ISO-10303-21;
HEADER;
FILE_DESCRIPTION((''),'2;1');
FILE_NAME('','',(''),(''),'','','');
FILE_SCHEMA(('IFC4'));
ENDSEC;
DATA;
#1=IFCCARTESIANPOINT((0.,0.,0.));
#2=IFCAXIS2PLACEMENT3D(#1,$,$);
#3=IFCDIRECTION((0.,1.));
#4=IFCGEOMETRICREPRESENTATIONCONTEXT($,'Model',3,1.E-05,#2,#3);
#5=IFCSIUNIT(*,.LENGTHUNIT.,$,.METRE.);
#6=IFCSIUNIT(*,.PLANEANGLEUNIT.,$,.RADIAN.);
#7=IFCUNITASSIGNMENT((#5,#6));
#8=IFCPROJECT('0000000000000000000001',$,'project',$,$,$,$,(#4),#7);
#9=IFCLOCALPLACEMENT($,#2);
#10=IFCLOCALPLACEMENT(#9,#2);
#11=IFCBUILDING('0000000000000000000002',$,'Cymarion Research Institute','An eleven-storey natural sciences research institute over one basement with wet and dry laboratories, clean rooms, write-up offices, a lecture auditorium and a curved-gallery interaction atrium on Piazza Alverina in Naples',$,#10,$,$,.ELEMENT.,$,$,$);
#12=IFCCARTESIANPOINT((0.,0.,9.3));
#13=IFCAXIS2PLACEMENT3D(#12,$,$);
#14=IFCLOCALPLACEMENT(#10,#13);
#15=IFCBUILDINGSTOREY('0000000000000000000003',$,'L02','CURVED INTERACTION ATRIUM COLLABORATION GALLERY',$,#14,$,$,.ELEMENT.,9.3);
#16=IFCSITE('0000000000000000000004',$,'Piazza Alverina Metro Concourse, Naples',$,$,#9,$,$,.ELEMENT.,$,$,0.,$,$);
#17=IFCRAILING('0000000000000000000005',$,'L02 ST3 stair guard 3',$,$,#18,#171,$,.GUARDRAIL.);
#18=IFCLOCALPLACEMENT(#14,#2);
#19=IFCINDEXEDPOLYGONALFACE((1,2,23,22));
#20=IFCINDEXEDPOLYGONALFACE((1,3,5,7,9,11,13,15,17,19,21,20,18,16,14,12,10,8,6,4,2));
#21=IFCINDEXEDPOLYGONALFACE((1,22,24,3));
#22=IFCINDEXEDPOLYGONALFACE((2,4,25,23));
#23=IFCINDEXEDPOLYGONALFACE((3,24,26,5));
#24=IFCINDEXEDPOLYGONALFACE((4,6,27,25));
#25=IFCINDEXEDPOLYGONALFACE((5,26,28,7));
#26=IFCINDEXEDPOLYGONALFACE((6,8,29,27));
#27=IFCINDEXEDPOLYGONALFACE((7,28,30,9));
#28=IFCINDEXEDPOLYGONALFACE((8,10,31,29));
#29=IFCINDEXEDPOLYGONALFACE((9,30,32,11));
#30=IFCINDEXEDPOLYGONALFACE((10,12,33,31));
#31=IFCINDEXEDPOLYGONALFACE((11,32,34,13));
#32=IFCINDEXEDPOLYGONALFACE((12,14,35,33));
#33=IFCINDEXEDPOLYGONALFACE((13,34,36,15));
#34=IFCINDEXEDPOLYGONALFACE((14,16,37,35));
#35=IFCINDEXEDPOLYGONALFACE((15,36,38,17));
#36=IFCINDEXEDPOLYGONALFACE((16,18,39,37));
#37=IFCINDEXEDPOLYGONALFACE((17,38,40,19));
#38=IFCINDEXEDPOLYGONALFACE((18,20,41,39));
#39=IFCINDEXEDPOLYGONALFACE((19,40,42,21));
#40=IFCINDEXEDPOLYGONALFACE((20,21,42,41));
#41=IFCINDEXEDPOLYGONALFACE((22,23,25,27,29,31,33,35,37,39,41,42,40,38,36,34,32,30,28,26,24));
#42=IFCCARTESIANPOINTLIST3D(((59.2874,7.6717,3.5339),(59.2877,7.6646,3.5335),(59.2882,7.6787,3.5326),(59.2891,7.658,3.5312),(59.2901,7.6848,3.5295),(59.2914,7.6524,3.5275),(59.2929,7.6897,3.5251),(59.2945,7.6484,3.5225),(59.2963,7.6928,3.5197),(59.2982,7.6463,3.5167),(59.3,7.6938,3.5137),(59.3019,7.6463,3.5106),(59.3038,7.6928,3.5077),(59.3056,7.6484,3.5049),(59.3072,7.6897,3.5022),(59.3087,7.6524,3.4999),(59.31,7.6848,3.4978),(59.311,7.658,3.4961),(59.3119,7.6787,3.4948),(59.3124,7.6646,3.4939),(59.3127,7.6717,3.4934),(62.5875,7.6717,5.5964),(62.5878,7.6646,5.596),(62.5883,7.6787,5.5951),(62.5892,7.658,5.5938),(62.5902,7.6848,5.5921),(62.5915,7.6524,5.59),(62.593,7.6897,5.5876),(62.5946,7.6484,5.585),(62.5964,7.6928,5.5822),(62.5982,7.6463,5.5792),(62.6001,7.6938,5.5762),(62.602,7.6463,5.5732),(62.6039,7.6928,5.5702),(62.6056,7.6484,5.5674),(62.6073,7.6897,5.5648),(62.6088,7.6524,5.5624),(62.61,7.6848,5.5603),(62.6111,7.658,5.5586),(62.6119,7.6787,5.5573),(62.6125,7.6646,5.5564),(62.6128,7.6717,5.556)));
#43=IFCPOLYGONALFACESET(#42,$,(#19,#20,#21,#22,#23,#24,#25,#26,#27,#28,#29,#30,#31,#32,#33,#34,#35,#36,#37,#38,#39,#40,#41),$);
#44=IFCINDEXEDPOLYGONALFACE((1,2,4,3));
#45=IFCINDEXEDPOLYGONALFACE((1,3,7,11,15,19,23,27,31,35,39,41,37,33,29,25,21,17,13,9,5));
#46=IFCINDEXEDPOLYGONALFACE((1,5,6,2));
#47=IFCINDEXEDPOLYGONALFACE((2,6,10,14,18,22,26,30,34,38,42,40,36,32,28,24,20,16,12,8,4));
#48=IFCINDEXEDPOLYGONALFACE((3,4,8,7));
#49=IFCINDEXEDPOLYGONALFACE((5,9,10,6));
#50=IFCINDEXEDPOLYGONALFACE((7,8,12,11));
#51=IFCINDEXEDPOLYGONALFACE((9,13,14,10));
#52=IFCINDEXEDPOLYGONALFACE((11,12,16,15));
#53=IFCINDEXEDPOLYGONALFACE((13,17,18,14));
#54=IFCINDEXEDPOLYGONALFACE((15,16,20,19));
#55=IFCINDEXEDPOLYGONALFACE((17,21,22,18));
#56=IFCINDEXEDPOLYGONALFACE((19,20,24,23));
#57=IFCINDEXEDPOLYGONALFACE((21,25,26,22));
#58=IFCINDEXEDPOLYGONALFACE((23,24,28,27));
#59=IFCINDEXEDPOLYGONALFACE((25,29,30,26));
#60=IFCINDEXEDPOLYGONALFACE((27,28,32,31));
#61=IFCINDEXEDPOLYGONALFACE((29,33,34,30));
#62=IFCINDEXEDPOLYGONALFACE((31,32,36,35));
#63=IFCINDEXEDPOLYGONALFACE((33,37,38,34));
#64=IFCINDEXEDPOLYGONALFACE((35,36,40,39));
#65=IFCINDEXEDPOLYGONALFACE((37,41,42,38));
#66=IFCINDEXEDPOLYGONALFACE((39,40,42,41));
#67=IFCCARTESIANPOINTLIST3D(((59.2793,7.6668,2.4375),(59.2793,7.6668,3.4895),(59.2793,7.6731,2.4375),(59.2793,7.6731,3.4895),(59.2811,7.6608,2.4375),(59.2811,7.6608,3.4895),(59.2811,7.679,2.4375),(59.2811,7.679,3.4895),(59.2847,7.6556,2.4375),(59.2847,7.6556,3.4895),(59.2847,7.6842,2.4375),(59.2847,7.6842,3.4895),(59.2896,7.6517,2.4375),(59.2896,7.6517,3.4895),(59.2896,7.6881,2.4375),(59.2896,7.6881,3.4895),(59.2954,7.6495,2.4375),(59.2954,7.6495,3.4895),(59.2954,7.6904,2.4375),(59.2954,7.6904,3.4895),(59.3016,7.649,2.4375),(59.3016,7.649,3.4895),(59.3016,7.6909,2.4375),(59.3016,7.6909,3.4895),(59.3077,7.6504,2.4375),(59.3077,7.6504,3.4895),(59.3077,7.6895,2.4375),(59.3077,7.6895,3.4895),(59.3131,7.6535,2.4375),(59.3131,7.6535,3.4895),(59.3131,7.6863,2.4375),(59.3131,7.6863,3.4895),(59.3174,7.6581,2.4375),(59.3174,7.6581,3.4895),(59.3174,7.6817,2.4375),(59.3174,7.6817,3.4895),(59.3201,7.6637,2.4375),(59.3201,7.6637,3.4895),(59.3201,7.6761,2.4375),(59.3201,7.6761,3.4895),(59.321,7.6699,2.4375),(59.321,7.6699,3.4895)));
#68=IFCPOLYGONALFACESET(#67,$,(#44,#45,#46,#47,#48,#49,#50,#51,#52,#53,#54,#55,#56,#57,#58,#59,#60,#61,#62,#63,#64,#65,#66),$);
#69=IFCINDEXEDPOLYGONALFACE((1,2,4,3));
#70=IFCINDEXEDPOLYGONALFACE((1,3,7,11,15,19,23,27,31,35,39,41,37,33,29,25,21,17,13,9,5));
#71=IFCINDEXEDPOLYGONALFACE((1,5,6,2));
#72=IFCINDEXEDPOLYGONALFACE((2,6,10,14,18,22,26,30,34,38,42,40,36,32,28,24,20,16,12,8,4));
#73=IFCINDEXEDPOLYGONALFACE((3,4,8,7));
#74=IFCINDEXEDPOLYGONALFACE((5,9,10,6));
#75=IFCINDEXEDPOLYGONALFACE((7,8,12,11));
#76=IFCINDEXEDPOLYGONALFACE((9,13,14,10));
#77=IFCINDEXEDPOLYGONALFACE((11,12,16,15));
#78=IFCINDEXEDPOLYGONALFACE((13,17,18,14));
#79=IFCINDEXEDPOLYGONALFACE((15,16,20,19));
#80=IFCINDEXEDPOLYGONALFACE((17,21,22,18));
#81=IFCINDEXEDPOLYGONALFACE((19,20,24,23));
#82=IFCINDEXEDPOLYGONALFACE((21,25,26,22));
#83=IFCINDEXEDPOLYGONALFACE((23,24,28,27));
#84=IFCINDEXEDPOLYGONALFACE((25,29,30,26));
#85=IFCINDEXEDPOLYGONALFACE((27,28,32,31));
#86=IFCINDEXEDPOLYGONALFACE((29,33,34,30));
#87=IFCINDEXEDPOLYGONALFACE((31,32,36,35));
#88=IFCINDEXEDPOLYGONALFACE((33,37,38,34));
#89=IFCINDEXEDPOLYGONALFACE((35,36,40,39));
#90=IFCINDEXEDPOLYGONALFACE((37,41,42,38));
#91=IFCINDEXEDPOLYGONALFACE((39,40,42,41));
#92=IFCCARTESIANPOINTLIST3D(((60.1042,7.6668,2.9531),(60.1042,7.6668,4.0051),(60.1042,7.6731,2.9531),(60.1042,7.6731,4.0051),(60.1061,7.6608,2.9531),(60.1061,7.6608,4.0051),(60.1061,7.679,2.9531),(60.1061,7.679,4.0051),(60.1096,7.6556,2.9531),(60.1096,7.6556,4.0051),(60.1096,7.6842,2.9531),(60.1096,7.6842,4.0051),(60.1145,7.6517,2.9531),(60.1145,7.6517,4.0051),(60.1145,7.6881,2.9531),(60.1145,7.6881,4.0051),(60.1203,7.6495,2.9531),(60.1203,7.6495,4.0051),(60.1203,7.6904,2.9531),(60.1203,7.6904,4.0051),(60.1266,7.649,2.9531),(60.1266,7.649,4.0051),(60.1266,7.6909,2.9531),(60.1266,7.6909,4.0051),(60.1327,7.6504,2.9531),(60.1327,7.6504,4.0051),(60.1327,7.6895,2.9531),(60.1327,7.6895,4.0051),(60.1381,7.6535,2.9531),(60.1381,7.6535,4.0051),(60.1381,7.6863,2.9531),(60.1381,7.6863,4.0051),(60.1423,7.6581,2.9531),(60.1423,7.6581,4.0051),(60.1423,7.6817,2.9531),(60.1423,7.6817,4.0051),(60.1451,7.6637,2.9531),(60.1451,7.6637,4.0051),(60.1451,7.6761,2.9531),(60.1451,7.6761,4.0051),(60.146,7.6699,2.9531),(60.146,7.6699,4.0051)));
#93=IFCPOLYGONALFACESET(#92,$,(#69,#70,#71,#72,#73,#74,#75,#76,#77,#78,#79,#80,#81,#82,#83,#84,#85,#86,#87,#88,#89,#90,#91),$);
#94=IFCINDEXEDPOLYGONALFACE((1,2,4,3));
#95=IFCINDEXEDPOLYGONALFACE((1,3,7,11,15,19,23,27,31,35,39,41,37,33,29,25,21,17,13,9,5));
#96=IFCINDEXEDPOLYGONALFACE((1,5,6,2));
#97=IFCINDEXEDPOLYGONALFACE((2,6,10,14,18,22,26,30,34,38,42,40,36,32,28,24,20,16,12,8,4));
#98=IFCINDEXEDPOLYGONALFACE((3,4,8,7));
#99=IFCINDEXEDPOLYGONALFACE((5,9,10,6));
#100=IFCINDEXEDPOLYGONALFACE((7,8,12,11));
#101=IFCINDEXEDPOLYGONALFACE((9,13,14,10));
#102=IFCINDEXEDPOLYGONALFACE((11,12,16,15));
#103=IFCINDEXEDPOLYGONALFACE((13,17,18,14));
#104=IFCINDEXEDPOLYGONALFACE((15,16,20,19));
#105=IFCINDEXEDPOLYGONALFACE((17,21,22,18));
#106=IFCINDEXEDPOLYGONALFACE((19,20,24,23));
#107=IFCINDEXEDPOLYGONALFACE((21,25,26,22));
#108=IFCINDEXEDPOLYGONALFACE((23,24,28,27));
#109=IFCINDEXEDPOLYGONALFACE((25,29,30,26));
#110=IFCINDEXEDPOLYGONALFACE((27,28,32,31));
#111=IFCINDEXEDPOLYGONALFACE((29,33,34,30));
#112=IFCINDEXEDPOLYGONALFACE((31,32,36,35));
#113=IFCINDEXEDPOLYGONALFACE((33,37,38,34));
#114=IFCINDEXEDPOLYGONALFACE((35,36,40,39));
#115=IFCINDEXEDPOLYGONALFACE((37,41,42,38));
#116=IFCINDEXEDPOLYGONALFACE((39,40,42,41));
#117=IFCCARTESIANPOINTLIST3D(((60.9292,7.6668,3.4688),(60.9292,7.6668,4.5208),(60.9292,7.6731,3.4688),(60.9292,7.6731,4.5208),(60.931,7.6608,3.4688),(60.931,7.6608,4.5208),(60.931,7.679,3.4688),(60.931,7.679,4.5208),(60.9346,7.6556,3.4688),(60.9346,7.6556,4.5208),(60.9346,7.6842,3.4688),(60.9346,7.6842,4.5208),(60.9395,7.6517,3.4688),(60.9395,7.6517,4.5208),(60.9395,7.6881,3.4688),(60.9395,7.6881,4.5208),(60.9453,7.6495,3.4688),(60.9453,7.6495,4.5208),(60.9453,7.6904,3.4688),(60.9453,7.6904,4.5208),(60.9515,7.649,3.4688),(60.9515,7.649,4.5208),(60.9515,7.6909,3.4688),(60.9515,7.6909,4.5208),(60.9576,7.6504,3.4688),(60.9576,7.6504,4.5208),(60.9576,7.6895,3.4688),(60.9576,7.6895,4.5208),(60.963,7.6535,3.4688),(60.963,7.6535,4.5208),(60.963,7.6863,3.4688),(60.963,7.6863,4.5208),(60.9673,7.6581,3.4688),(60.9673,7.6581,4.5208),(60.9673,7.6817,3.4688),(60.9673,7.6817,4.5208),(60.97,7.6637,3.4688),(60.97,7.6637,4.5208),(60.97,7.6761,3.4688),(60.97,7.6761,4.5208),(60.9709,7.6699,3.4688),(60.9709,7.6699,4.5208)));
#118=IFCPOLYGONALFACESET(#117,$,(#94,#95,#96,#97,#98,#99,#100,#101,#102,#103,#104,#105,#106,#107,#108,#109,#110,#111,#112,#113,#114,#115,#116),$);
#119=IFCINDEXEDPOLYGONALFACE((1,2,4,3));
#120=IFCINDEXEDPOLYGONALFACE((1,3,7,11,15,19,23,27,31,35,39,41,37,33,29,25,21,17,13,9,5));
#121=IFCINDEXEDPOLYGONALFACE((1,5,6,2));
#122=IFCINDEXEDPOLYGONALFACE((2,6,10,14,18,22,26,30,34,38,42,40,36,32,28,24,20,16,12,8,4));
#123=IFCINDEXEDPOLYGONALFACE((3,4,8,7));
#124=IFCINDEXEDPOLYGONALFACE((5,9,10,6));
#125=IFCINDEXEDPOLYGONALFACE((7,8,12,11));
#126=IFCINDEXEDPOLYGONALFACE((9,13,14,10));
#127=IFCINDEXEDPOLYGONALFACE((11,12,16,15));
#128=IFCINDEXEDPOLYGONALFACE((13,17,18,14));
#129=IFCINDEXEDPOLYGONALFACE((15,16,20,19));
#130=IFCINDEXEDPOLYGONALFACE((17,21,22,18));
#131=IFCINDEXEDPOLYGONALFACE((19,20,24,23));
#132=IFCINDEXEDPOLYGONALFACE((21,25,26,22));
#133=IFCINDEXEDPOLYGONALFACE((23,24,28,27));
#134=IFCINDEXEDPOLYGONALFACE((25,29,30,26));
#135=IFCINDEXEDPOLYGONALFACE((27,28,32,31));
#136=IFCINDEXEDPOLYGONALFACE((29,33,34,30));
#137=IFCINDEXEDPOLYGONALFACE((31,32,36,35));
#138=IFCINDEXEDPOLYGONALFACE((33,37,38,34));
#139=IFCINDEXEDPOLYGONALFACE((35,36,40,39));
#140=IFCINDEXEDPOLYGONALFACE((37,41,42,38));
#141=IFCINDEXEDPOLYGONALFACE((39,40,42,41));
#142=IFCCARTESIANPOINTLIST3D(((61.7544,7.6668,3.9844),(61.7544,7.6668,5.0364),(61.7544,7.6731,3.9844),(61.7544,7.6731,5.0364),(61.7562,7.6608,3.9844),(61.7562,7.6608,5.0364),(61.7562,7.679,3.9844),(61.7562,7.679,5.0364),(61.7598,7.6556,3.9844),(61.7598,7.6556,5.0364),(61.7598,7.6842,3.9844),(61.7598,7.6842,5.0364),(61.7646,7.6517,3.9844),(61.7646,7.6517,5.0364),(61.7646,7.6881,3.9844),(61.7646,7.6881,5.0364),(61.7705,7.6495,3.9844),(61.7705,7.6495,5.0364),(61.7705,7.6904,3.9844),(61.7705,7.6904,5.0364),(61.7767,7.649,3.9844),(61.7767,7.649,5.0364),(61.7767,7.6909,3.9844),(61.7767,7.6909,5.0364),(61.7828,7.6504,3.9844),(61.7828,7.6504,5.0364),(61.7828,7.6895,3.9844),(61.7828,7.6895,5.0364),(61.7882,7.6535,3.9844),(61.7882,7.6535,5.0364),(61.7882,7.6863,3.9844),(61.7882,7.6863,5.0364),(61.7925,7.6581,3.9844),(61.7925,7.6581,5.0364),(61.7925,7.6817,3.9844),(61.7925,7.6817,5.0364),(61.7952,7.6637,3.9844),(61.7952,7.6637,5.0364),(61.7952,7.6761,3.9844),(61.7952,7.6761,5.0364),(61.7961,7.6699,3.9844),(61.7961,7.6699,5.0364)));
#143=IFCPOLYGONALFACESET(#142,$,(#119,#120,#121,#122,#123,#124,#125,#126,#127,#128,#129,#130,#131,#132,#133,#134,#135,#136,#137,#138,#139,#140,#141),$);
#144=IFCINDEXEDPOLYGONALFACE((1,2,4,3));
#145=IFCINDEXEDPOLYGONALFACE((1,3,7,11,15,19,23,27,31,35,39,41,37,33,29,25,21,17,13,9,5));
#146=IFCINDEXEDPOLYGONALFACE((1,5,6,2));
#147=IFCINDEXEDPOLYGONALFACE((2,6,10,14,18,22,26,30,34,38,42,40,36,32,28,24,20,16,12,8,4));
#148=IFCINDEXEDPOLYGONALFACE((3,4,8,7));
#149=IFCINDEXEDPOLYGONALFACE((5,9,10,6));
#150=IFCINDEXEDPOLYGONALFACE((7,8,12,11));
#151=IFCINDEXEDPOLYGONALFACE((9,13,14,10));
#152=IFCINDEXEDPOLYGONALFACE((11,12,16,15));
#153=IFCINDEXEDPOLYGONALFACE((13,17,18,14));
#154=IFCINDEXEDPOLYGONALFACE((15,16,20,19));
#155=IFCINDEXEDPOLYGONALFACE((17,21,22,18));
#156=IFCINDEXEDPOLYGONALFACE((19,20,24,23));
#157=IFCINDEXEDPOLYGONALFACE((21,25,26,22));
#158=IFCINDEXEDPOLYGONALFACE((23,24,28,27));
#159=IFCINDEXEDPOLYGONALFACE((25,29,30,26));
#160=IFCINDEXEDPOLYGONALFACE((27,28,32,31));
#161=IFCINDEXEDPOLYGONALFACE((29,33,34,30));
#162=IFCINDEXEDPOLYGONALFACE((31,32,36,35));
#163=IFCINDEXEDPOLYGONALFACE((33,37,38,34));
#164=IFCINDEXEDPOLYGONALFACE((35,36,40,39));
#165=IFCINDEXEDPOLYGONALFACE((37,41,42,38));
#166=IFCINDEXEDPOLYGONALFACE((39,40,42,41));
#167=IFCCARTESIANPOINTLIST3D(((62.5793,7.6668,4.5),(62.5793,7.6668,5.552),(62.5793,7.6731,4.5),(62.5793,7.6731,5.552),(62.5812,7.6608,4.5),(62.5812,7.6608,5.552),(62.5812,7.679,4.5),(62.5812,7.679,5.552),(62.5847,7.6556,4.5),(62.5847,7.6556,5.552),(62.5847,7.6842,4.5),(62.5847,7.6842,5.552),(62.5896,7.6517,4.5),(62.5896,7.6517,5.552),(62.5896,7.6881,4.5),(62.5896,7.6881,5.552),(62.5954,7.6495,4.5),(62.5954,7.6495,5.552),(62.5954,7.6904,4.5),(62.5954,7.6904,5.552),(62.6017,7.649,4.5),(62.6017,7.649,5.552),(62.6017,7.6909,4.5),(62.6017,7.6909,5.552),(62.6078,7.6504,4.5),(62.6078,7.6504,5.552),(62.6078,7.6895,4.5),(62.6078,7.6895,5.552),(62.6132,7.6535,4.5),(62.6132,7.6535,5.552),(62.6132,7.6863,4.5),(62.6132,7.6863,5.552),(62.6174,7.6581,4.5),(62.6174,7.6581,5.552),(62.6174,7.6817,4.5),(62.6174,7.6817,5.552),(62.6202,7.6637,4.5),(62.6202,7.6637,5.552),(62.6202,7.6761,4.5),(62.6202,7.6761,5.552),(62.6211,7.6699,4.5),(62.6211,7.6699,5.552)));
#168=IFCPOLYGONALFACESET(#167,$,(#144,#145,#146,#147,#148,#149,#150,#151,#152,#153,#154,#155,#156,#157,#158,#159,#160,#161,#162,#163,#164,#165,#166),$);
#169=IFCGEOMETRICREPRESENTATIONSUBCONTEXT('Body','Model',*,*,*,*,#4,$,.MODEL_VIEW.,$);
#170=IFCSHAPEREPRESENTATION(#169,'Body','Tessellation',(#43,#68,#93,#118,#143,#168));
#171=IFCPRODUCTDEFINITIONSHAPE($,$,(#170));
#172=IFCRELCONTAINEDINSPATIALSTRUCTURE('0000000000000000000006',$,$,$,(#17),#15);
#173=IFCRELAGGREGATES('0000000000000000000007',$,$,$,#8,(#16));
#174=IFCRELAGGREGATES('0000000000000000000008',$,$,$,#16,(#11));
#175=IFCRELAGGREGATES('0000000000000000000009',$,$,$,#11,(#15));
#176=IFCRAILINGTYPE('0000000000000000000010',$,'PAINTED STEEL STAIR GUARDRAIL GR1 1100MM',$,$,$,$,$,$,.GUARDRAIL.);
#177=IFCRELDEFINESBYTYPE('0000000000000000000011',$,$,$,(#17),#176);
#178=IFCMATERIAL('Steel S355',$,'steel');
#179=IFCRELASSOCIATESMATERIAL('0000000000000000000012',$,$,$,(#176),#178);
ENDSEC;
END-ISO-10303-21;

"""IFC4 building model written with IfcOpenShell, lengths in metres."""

from ifc_helpers import new_model, si_unit, direction, frame, origin, origin_2d, place, context, subcontext, project, spatial, circle, extrude, material, type_object, element, save


model = new_model("IFC4")

# Units and contexts
model_context = context("Model", 3, precision=1e-05, world=origin(), true_north=direction((0.0, 1.0)))
body_context = subcontext(model_context, "Body", "Model", "MODEL_VIEW")
ifc_project = project(units=[si_unit("LENGTHUNIT", "METRE"), si_unit("PLANEANGLEUNIT", "RADIAN")], contexts=[model_context])

# Site, building, storey
site_placement = place(None, origin())
site = spatial("IfcSite", under=ifc_project, at=site_placement, Name="Piazza Alverina Metro Concourse, Naples", CompositionType="ELEMENT", RefElevation=0.0)
building_placement = place(site_placement, origin())
building = spatial("IfcBuilding", under=site, at=building_placement, Name="Cymarion Research Institute", Description="An eleven-storey natural sciences research institute over one basement with wet and dry laboratories, clean rooms, write-up offices, a lecture auditorium and a curved-gallery interaction atrium on Piazza Alverina in Naples", CompositionType="ELEMENT")
storey_placement = place(building_placement, frame((0.0, 0.0, 9.3)))
storey = spatial("IfcBuildingStorey", under=building, at=storey_placement, Name="L02", Description="CURVED INTERACTION ATRIUM COLLABORATION GALLERY", CompositionType="ELEMENT", Elevation=9.3)

# Shared definitions
ifc_material_1 = material(Name="Steel S355", Category="steel")

# Railing
railing_type_1 = type_object("IfcRailingType", Name="PAINTED STEEL STAIR GUARDRAIL GR1 1100MM", PredefinedType="GUARDRAIL", material=ifc_material_1)
railing_1_placement = place(storey_placement, frame((59.3, 7.6699, 2.4375)))
element("IfcRailing", 1, at=railing_1_placement, inside=storey, type_object=railing_type_1, Name="L02 ST3 stair guard 3", PredefinedType="GUARDRAIL", context=body_context, shape_type="SweptSolid", body=[
    extrude(circle(Radius=0.0239, at=origin_2d()), frame((0.0, 0.0, 1.0762), z_axis=(0.848002, 0.0, 0.529993), x_axis=(0.0, 1.0, 0.0)), (0.0, 0.0, 1.0), 3.8916),
    extrude(circle(Radius=0.021, at=origin_2d()), origin(), (0.0, 0.0, 1.0), 1.052),
    extrude(circle(Radius=0.021, at=origin_2d()), frame((0.825, 0.0, 0.5156)), (0.0, 0.0, 1.0), 1.052),
    extrude(circle(Radius=0.021, at=origin_2d()), frame((1.6499, 0.0, 1.0312)), (0.0, 0.0, 1.0), 1.052),
    extrude(circle(Radius=0.021, at=origin_2d()), frame((2.4751, 0.0, 1.5469)), (0.0, 0.0, 1.0), 1.052),
    extrude(circle(Radius=0.021, at=origin_2d()), frame((3.3, 0.0, 2.0625)), (0.0, 0.0, 1.0), 1.052),
])

save(model, "model.ifc")
